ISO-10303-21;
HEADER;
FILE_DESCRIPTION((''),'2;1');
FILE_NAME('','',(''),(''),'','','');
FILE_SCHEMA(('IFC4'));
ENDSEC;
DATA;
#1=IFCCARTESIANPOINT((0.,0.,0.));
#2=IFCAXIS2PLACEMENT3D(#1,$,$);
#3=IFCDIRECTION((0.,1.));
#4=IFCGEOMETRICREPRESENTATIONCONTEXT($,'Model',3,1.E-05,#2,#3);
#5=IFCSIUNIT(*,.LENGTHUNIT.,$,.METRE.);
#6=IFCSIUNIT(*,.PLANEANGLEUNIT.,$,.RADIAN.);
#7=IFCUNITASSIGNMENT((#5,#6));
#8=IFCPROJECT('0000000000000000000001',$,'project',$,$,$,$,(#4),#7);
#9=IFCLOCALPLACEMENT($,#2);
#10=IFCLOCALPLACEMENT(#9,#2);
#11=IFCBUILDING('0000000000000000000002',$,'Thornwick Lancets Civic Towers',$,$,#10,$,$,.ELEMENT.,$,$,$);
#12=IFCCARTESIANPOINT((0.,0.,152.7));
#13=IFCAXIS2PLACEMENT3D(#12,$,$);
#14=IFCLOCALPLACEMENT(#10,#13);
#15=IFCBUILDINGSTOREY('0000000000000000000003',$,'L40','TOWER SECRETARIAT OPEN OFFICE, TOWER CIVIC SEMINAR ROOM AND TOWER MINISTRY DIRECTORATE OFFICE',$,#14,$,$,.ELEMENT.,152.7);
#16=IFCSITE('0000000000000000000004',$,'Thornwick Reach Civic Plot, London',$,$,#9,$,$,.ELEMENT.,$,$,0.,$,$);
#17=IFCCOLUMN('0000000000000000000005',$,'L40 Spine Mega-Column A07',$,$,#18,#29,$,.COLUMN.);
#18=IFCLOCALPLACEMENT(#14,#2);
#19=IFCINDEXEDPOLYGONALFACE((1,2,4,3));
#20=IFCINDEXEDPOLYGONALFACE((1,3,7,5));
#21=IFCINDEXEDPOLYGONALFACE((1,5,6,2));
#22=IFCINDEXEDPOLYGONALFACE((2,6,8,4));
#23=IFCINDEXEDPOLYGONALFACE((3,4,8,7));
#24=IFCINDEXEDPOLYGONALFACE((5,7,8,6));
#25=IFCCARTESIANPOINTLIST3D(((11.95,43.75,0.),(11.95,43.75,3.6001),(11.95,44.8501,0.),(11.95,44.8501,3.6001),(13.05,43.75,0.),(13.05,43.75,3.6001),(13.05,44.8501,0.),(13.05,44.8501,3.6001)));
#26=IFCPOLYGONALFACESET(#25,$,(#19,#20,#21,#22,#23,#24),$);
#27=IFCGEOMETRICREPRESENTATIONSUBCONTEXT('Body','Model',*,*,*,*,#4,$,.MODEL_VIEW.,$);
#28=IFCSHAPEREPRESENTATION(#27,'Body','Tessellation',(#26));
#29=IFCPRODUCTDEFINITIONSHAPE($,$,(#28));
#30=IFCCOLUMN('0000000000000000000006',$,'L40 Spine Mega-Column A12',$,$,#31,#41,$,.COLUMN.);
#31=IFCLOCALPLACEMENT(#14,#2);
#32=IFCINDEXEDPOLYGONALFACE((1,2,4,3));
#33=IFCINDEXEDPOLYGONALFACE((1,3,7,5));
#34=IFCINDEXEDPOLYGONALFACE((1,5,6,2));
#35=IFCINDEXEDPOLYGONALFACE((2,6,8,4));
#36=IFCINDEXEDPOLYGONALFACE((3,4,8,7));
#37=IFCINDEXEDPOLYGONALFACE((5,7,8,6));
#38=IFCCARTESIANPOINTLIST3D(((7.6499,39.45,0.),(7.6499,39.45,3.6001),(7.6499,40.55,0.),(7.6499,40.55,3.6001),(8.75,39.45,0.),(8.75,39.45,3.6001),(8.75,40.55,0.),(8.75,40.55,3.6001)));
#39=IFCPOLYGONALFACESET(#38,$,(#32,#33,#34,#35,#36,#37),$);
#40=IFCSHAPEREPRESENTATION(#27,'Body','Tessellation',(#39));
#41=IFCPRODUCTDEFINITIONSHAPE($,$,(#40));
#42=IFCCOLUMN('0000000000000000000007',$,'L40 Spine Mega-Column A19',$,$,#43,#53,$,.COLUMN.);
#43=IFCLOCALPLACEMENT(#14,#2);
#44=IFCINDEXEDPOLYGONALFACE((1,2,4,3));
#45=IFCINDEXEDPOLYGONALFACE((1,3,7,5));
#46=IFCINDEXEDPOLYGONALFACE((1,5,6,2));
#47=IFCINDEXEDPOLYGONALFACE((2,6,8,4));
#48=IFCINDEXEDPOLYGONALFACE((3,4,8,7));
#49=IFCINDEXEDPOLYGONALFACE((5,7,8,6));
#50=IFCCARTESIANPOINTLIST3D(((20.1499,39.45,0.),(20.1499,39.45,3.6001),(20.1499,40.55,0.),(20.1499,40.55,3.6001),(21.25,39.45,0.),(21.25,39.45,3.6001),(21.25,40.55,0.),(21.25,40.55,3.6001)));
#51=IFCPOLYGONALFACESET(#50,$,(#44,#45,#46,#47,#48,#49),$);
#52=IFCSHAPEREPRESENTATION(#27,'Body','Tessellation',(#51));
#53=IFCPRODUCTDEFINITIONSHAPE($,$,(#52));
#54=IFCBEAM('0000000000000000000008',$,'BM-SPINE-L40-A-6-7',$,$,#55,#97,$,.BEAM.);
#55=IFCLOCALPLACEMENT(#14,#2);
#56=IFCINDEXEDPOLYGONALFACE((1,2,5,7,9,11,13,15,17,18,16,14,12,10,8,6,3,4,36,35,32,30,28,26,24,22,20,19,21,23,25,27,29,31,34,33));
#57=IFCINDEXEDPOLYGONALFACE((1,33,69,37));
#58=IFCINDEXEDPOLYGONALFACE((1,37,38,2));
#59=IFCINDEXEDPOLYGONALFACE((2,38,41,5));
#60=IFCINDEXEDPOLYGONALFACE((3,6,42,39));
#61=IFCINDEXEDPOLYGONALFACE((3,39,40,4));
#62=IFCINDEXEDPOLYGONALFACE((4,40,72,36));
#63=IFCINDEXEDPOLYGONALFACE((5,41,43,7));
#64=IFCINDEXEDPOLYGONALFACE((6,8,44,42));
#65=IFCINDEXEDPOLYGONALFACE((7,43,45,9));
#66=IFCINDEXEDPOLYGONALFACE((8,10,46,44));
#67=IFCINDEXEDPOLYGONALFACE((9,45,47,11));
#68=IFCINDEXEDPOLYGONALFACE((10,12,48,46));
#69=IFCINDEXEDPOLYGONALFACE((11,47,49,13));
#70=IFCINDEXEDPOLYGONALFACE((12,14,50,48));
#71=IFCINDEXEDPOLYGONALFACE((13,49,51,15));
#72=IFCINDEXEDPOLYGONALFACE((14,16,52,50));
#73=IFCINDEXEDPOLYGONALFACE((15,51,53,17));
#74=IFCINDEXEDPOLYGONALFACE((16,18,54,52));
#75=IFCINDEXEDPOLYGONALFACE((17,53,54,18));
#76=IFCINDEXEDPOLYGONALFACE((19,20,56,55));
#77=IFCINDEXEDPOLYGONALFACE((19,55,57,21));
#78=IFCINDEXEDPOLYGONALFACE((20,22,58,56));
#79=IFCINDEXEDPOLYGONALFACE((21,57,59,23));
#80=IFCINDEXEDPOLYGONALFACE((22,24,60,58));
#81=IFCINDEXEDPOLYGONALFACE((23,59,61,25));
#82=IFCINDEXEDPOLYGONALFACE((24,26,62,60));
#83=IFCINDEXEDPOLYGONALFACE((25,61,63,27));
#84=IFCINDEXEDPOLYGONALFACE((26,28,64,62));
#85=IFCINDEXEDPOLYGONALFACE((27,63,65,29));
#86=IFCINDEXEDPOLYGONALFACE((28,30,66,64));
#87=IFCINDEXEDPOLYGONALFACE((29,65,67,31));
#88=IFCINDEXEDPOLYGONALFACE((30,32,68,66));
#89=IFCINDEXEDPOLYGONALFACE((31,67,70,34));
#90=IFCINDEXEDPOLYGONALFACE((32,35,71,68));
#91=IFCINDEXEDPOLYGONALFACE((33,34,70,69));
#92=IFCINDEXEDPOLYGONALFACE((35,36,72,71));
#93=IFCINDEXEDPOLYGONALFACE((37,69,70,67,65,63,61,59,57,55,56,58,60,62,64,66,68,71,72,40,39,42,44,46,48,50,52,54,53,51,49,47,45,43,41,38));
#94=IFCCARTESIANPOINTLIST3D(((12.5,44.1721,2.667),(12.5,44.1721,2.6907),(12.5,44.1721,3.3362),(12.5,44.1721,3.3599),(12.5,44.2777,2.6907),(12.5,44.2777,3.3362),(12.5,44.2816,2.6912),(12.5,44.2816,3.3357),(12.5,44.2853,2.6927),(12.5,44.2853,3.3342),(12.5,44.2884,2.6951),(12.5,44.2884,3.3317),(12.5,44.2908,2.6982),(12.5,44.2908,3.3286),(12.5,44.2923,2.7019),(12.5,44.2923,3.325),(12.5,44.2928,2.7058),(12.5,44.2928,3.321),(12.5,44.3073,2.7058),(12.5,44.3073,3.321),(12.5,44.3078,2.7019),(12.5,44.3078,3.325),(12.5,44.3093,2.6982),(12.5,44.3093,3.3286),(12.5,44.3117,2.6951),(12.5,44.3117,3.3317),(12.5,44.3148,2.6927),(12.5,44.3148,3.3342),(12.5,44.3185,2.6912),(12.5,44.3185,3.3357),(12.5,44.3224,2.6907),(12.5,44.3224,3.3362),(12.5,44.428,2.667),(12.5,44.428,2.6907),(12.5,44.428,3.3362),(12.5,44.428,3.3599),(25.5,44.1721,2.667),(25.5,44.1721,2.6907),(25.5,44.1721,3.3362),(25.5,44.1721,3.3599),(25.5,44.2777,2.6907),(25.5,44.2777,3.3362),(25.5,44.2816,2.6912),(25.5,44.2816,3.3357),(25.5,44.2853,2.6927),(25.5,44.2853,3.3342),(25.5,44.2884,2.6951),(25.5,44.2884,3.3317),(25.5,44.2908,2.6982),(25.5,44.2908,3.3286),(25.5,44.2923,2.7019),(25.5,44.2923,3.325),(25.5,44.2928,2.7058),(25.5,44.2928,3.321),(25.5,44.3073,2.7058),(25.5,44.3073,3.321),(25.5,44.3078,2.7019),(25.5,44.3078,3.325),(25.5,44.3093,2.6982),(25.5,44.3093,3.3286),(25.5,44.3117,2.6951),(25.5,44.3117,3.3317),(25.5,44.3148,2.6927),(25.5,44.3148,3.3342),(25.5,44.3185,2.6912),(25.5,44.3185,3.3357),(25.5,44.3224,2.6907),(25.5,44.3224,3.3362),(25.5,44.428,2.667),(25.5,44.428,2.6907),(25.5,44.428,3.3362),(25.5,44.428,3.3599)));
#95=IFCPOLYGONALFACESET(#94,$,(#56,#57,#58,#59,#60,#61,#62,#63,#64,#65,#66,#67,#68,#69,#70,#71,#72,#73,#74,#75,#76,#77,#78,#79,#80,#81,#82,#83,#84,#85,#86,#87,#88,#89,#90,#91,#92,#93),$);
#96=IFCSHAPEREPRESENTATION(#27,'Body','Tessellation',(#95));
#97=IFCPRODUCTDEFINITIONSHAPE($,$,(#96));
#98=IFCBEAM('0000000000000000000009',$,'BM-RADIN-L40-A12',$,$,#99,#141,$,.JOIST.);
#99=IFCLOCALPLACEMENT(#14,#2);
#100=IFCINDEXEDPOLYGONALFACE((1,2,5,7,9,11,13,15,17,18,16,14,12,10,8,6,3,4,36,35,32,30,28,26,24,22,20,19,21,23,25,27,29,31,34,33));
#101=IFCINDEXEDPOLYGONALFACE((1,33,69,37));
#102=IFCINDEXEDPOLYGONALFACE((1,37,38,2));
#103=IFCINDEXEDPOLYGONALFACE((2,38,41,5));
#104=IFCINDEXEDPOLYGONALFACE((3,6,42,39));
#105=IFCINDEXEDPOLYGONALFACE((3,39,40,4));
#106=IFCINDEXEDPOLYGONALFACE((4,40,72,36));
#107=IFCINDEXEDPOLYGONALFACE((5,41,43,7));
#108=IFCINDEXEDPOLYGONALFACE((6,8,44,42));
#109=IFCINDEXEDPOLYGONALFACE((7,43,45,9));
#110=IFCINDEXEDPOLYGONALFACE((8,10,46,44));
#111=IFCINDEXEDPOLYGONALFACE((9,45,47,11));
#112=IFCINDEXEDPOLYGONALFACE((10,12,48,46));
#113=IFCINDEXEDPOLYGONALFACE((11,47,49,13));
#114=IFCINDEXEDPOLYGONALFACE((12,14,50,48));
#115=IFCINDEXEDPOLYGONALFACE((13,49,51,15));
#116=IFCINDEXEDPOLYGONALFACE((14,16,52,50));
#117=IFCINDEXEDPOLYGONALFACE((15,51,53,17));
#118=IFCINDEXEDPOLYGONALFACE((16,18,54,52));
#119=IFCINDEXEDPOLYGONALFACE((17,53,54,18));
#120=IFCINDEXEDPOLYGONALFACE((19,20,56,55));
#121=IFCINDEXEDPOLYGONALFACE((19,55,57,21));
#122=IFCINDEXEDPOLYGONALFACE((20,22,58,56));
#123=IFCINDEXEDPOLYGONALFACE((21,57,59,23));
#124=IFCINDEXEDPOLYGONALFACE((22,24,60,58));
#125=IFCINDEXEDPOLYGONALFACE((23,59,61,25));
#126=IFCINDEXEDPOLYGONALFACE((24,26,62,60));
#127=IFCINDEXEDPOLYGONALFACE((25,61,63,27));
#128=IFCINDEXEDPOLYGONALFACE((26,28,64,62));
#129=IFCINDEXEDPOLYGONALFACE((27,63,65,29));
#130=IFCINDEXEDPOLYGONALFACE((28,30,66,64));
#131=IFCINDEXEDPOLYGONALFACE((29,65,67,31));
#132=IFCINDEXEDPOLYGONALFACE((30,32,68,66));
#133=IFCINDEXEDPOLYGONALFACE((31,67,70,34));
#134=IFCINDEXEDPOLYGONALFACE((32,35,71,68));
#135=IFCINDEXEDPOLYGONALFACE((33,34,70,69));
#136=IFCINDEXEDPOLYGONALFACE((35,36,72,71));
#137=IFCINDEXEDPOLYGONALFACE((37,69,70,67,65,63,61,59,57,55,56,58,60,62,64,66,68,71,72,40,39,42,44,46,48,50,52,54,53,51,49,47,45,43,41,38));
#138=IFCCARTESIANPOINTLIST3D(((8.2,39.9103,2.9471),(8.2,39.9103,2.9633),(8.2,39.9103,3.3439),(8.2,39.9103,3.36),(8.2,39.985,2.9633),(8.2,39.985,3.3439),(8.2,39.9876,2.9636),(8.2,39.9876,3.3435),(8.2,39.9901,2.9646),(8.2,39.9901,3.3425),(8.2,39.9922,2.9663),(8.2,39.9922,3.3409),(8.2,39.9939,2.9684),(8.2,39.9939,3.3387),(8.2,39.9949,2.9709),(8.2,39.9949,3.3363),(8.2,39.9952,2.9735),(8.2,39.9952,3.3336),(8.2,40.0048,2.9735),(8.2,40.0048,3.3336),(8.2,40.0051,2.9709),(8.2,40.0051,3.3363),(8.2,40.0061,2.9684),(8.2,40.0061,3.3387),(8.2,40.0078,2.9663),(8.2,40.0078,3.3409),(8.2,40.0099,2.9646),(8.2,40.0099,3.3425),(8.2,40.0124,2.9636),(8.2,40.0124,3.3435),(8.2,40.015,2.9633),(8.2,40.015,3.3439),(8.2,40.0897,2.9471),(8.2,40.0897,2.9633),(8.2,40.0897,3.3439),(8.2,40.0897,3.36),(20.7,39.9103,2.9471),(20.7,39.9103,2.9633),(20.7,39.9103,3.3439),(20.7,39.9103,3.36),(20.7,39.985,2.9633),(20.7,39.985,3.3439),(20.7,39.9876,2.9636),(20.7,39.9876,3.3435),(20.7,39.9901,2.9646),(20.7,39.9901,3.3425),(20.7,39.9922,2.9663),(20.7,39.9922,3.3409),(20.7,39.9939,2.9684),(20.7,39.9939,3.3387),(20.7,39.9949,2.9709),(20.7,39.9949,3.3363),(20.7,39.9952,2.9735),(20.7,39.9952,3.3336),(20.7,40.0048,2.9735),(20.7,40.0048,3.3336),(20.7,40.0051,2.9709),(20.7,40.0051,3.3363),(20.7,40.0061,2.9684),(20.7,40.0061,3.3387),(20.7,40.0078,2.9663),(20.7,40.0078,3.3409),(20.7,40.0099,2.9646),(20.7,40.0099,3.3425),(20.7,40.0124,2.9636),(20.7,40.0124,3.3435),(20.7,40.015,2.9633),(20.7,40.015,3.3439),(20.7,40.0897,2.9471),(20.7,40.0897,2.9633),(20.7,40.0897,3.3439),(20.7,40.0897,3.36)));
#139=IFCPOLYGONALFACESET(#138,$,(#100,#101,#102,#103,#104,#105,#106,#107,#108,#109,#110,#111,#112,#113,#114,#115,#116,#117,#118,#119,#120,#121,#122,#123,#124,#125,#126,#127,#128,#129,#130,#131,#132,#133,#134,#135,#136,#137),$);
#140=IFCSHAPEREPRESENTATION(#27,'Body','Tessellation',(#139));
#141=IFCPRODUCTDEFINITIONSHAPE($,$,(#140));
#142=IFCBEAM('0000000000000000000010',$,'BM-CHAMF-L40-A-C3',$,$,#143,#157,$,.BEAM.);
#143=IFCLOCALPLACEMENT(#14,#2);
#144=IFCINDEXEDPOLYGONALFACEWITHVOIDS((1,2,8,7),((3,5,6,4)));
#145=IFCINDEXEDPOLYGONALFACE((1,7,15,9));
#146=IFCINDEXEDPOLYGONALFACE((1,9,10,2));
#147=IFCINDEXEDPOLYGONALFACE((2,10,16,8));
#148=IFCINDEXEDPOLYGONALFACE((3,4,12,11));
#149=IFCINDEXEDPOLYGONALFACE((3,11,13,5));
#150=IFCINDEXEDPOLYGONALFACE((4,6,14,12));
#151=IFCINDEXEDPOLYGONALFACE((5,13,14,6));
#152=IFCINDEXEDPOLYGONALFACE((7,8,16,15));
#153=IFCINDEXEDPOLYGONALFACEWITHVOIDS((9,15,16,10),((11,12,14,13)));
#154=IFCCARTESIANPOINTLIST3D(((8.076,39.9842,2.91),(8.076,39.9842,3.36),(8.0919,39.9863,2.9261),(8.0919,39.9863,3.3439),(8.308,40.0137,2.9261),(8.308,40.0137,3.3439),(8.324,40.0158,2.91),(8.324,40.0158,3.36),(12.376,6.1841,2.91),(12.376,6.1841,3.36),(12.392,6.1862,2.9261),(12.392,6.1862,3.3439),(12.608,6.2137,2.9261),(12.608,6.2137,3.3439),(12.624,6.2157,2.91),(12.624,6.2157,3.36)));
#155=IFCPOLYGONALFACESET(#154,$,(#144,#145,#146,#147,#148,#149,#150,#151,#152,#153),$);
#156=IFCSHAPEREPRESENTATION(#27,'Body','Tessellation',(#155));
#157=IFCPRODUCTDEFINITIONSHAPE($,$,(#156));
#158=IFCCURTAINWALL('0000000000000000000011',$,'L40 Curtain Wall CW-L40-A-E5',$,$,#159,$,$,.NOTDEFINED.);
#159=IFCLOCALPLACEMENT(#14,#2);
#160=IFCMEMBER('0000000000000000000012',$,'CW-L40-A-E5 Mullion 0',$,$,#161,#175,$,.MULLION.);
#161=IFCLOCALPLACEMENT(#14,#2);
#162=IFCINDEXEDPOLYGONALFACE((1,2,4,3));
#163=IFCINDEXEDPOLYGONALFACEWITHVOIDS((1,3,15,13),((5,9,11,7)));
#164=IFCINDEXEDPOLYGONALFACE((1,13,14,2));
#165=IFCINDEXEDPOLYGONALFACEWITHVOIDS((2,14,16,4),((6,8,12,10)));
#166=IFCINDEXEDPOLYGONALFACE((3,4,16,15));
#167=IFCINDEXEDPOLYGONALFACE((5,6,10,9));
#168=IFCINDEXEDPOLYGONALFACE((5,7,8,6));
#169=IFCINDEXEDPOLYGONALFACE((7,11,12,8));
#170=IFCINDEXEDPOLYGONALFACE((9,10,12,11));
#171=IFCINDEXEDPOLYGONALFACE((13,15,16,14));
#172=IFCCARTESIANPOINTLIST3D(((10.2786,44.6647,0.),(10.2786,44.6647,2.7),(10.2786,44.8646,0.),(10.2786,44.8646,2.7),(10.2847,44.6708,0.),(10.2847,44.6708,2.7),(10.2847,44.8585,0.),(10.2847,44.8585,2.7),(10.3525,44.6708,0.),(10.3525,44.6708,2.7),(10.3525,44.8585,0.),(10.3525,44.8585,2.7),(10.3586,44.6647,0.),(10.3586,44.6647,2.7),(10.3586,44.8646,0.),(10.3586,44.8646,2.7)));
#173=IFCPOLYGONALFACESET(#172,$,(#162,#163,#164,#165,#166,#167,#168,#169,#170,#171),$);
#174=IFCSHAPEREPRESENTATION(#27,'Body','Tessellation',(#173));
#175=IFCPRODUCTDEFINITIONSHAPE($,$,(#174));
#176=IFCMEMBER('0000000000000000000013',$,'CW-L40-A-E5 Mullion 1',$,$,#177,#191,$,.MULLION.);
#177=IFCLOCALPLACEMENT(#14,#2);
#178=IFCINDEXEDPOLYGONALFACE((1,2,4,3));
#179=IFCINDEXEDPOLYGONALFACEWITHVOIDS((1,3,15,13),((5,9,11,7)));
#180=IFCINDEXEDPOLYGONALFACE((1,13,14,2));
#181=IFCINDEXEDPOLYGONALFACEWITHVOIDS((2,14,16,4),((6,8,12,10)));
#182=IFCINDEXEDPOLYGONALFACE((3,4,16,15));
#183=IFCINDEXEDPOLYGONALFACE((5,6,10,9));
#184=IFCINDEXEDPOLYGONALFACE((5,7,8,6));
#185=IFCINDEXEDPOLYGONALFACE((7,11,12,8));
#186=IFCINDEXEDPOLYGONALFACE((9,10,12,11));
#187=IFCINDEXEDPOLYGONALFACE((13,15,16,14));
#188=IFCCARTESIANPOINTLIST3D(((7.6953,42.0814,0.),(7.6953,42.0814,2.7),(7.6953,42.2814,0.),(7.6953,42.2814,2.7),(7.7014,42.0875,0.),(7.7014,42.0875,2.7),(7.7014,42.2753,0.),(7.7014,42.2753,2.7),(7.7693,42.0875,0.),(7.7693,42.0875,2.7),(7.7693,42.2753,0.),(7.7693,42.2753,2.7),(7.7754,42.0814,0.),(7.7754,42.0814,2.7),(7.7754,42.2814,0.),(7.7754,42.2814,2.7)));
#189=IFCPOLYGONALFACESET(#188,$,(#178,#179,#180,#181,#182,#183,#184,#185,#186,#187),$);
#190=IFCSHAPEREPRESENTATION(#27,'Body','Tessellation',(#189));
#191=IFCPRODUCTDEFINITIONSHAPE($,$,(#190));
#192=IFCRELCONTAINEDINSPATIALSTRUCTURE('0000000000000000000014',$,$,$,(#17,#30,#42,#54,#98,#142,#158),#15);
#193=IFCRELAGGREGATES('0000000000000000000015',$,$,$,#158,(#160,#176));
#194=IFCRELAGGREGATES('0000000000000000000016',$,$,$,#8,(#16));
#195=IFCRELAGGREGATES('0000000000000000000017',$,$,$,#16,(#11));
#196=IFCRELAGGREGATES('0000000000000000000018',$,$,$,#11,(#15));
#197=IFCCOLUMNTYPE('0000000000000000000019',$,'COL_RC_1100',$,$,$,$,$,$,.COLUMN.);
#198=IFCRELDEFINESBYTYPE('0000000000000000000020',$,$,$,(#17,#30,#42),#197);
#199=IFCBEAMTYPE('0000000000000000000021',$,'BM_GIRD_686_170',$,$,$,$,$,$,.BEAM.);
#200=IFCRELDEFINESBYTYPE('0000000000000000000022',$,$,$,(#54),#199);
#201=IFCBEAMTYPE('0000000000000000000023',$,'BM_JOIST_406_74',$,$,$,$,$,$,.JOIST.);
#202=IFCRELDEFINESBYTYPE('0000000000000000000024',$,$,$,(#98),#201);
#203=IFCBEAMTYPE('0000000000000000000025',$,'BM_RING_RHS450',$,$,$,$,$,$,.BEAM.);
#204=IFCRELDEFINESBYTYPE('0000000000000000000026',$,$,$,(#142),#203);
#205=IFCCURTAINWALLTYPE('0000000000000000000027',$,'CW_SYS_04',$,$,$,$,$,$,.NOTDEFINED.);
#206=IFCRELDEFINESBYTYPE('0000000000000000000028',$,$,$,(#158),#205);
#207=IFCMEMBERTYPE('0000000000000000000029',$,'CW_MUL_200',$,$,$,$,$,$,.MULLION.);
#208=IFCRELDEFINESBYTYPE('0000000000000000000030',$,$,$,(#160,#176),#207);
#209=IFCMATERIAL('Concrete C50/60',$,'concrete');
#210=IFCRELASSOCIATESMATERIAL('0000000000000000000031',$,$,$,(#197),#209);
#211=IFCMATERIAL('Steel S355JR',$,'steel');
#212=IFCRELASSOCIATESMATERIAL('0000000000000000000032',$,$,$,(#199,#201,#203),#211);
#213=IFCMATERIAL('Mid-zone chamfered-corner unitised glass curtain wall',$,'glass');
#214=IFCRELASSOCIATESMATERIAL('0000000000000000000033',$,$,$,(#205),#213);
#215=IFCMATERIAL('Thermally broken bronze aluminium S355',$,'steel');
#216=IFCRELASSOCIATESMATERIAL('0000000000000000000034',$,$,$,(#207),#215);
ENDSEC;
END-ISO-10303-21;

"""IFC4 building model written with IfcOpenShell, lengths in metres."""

from ifc_helpers import new_model, si_unit, direction, frame, origin, origin_2d, place, context, subcontext, project, spatial, rectangle, hollow_rectangle, i_section, extrude, material, material_profile, profile_set, type_object, element, aggregate, save


model = new_model("IFC4")

# Units and contexts
model_context = context("Model", 3, precision=1e-05, world=origin(), true_north=direction((0.0, 1.0)))
body_context = subcontext(model_context, "Body", "Model", "MODEL_VIEW")
ifc_project = project(units=[si_unit("LENGTHUNIT", "METRE"), si_unit("PLANEANGLEUNIT", "RADIAN")], contexts=[model_context])

# Site, building, storey
site_placement = place(None, origin())
site = spatial("IfcSite", under=ifc_project, at=site_placement, Name="Thornwick Reach Civic Plot, London", CompositionType="ELEMENT", RefElevation=0.0)
building_placement = place(site_placement, origin())
building = spatial("IfcBuilding", under=site, at=building_placement, Name="Thornwick Lancets Civic Towers", CompositionType="ELEMENT")
storey_placement = place(building_placement, frame((0.0, 0.0, 152.7)))
storey = spatial("IfcBuildingStorey", under=building, at=storey_placement, Name="L40", Description="TOWER SECRETARIAT OPEN OFFICE, TOWER CIVIC SEMINAR ROOM AND TOWER MINISTRY DIRECTORATE OFFICE", CompositionType="ELEMENT", Elevation=152.7)

# Columns
ifc_material_1 = material(Name="Concrete C50/60", Category="concrete")
ifc_material_profile_1 = material_profile(ifc_material_1, rectangle(XDim=1.1001, YDim=1.1001, at=origin_2d()), Name="RC 1100x1100")
ifc_profile_set_1 = profile_set([ifc_material_profile_1], Name="Concrete C50/60")
column_type = type_object("IfcColumnType", Name="COL_RC_1100", PredefinedType="COLUMN", material=ifc_profile_set_1)
for number, where, z_axis, x_axis, name in (
    (1, (12.5, 44.3, 0.0), (0.0, 0.0, 1.0), (1.0, 0.0, 0.0), "L40 Spine Mega-Column A07"),
    (2, (8.2, 40.0, 0.0), (0.0, 0.0, 1.0), (1.0, 0.0, 0.0), "L40 Spine Mega-Column A12"),
    (3, (20.7, 40.0, 0.0), (0.0, 0.0, 1.0), (1.0, 0.0, 0.0), "L40 Spine Mega-Column A19"),
):
    element("IfcColumn", number, at=place(storey_placement, frame(where, z_axis=z_axis, x_axis=x_axis)), inside=storey, type_object=column_type, Name=name, PredefinedType="COLUMN", context=body_context, shape_type="SweptSolid", body=[
        extrude(rectangle(XDim=1.1001, YDim=1.1001, at=origin_2d()), origin(), (0.0, 0.0, 1.0), 3.6001),
    ])

# Beams
ifc_material_2 = material(Name="Steel S355JR", Category="steel")
ifc_material_profile_2 = material_profile(ifc_material_2, i_section(OverallWidth=0.2559, OverallDepth=0.6929, WebThickness=0.0144, FlangeThickness=0.0237, FilletRadius=0.0151, at=origin_2d()), Name="UKB 686x254x170")
ifc_profile_set_2 = profile_set([ifc_material_profile_2], Name="Steel S355JR")
beam_type_1 = type_object("IfcBeamType", Name="BM_GIRD_686_170", PredefinedType="BEAM", material=ifc_profile_set_2)
beam_1_placement = place(storey_placement, frame((12.5, 44.3, 3.0134), z_axis=(1.0, 0.0, 0.0), x_axis=(0.0, 1.0, 0.0)))
element("IfcBeam", 4, at=beam_1_placement, inside=storey, type_object=beam_type_1, Name="BM-SPINE-L40-A-6-7", PredefinedType="BEAM", context=body_context, shape_type="SweptSolid", body=[
    extrude(i_section(OverallWidth=0.2559, OverallDepth=0.6929, WebThickness=0.0144, FlangeThickness=0.0237, FilletRadius=0.0151, at=origin_2d()), origin(), (0.0, 0.0, 1.0), 13.0),
])
ifc_material_profile_3 = material_profile(ifc_material_2, i_section(OverallWidth=0.1794, OverallDepth=0.4128, WebThickness=0.0095, FlangeThickness=0.0161, FilletRadius=0.0103, at=origin_2d()), Name="UKB 406x178x74")
ifc_profile_set_3 = profile_set([ifc_material_profile_3], Name="Steel S355JR")
beam_type_2 = type_object("IfcBeamType", Name="BM_JOIST_406_74", PredefinedType="JOIST", material=ifc_profile_set_3)
beam_2_placement = place(storey_placement, frame((20.7, 40.0, 3.1536), z_axis=(-1.0, 0.0, 0.0), x_axis=(0.0, -1.0, 0.0)))
element("IfcBeam", 5, at=beam_2_placement, inside=storey, type_object=beam_type_2, Name="BM-RADIN-L40-A12", PredefinedType="JOIST", context=body_context, shape_type="SweptSolid", body=[
    extrude(i_section(OverallWidth=0.1794, OverallDepth=0.4128, WebThickness=0.0095, FlangeThickness=0.0161, FilletRadius=0.0103, at=origin_2d()), origin(), (0.0, 0.0, 1.0), 12.5),
])
ifc_material_profile_4 = material_profile(ifc_material_2, hollow_rectangle(XDim=0.25, YDim=0.45, WallThickness=0.0161, at=origin_2d()), Name="RHS 450x250x16")
ifc_profile_set_4 = profile_set([ifc_material_profile_4], Name="Steel S355JR")
beam_type_3 = type_object("IfcBeamType", Name="BM_RING_RHS450", PredefinedType="BEAM", material=ifc_profile_set_4)
beam_3_placement = place(storey_placement, frame((8.2, 40.0, 3.135), z_axis=(0.126203, -0.992004, 0.0), x_axis=(0.992004, 0.126203, 0.0)))
element("IfcBeam", 6, at=beam_3_placement, inside=storey, type_object=beam_type_3, Name="BM-CHAMF-L40-A-C3", PredefinedType="BEAM", context=body_context, shape_type="SweptSolid", body=[
    extrude(hollow_rectangle(XDim=0.25, YDim=0.45, WallThickness=0.0161, at=origin_2d()), origin(), (0.0, 0.0, 1.0), 34.0725),
])

# Curtain wall, members
ifc_material_3 = material(Name="Mid-zone chamfered-corner unitised glass curtain wall", Category="glass")
curtain_wall_type = type_object("IfcCurtainWallType", Name="CW_SYS_04", PredefinedType="NOTDEFINED", material=ifc_material_3)
curtain_wall_placement = place(storey_placement, origin())
curtain_wall = element("IfcCurtainWall", 7, at=curtain_wall_placement, inside=storey, type_object=curtain_wall_type, Name="L40 Curtain Wall CW-L40-A-E5", PredefinedType="NOTDEFINED")
ifc_material_4 = material(Name="Thermally broken bronze aluminium S355", Category="steel")
ifc_material_profile_5 = material_profile(ifc_material_4, hollow_rectangle(XDim=0.0801, YDim=0.2, WallThickness=0.0061, at=origin_2d()), Name="RHS 200x80x6")
ifc_profile_set_5 = profile_set([ifc_material_profile_5], Name="Thermally broken bronze aluminium S355")
member_type_1 = type_object("IfcMemberType", Name="CW_MUL_200", PredefinedType="MULLION", material=ifc_profile_set_5)
member_1_placement = place(storey_placement, frame((10.3186, 44.7646, 0.0), z_axis=(0.0, 0.0, 1.0), x_axis=(1.0, 0.0, 0.0)))
member_1 = element("IfcMember", 8, at=member_1_placement, type_object=member_type_1, Name="CW-L40-A-E5 Mullion 0", PredefinedType="MULLION", context=body_context, shape_type="SweptSolid", body=[
    extrude(hollow_rectangle(XDim=0.0801, YDim=0.2, WallThickness=0.0061, at=origin_2d()), origin(), (0.0, 0.0, 1.0), 2.7),
])
member_2_placement = place(storey_placement, frame((7.7354, 42.1814, 0.0), z_axis=(0.0, 0.0, 1.0), x_axis=(1.0, 0.0, 0.0)))
member_2 = element("IfcMember", 9, at=member_2_placement, type_object=member_type_1, Name="CW-L40-A-E5 Mullion 1", PredefinedType="MULLION", context=body_context, shape_type="SweptSolid", body=[
    extrude(hollow_rectangle(XDim=0.0801, YDim=0.2, WallThickness=0.0061, at=origin_2d()), origin(), (0.0, 0.0, 1.0), 2.7),
])
aggregate(curtain_wall, [member_1, member_2])

save(model, "model.ifc")
